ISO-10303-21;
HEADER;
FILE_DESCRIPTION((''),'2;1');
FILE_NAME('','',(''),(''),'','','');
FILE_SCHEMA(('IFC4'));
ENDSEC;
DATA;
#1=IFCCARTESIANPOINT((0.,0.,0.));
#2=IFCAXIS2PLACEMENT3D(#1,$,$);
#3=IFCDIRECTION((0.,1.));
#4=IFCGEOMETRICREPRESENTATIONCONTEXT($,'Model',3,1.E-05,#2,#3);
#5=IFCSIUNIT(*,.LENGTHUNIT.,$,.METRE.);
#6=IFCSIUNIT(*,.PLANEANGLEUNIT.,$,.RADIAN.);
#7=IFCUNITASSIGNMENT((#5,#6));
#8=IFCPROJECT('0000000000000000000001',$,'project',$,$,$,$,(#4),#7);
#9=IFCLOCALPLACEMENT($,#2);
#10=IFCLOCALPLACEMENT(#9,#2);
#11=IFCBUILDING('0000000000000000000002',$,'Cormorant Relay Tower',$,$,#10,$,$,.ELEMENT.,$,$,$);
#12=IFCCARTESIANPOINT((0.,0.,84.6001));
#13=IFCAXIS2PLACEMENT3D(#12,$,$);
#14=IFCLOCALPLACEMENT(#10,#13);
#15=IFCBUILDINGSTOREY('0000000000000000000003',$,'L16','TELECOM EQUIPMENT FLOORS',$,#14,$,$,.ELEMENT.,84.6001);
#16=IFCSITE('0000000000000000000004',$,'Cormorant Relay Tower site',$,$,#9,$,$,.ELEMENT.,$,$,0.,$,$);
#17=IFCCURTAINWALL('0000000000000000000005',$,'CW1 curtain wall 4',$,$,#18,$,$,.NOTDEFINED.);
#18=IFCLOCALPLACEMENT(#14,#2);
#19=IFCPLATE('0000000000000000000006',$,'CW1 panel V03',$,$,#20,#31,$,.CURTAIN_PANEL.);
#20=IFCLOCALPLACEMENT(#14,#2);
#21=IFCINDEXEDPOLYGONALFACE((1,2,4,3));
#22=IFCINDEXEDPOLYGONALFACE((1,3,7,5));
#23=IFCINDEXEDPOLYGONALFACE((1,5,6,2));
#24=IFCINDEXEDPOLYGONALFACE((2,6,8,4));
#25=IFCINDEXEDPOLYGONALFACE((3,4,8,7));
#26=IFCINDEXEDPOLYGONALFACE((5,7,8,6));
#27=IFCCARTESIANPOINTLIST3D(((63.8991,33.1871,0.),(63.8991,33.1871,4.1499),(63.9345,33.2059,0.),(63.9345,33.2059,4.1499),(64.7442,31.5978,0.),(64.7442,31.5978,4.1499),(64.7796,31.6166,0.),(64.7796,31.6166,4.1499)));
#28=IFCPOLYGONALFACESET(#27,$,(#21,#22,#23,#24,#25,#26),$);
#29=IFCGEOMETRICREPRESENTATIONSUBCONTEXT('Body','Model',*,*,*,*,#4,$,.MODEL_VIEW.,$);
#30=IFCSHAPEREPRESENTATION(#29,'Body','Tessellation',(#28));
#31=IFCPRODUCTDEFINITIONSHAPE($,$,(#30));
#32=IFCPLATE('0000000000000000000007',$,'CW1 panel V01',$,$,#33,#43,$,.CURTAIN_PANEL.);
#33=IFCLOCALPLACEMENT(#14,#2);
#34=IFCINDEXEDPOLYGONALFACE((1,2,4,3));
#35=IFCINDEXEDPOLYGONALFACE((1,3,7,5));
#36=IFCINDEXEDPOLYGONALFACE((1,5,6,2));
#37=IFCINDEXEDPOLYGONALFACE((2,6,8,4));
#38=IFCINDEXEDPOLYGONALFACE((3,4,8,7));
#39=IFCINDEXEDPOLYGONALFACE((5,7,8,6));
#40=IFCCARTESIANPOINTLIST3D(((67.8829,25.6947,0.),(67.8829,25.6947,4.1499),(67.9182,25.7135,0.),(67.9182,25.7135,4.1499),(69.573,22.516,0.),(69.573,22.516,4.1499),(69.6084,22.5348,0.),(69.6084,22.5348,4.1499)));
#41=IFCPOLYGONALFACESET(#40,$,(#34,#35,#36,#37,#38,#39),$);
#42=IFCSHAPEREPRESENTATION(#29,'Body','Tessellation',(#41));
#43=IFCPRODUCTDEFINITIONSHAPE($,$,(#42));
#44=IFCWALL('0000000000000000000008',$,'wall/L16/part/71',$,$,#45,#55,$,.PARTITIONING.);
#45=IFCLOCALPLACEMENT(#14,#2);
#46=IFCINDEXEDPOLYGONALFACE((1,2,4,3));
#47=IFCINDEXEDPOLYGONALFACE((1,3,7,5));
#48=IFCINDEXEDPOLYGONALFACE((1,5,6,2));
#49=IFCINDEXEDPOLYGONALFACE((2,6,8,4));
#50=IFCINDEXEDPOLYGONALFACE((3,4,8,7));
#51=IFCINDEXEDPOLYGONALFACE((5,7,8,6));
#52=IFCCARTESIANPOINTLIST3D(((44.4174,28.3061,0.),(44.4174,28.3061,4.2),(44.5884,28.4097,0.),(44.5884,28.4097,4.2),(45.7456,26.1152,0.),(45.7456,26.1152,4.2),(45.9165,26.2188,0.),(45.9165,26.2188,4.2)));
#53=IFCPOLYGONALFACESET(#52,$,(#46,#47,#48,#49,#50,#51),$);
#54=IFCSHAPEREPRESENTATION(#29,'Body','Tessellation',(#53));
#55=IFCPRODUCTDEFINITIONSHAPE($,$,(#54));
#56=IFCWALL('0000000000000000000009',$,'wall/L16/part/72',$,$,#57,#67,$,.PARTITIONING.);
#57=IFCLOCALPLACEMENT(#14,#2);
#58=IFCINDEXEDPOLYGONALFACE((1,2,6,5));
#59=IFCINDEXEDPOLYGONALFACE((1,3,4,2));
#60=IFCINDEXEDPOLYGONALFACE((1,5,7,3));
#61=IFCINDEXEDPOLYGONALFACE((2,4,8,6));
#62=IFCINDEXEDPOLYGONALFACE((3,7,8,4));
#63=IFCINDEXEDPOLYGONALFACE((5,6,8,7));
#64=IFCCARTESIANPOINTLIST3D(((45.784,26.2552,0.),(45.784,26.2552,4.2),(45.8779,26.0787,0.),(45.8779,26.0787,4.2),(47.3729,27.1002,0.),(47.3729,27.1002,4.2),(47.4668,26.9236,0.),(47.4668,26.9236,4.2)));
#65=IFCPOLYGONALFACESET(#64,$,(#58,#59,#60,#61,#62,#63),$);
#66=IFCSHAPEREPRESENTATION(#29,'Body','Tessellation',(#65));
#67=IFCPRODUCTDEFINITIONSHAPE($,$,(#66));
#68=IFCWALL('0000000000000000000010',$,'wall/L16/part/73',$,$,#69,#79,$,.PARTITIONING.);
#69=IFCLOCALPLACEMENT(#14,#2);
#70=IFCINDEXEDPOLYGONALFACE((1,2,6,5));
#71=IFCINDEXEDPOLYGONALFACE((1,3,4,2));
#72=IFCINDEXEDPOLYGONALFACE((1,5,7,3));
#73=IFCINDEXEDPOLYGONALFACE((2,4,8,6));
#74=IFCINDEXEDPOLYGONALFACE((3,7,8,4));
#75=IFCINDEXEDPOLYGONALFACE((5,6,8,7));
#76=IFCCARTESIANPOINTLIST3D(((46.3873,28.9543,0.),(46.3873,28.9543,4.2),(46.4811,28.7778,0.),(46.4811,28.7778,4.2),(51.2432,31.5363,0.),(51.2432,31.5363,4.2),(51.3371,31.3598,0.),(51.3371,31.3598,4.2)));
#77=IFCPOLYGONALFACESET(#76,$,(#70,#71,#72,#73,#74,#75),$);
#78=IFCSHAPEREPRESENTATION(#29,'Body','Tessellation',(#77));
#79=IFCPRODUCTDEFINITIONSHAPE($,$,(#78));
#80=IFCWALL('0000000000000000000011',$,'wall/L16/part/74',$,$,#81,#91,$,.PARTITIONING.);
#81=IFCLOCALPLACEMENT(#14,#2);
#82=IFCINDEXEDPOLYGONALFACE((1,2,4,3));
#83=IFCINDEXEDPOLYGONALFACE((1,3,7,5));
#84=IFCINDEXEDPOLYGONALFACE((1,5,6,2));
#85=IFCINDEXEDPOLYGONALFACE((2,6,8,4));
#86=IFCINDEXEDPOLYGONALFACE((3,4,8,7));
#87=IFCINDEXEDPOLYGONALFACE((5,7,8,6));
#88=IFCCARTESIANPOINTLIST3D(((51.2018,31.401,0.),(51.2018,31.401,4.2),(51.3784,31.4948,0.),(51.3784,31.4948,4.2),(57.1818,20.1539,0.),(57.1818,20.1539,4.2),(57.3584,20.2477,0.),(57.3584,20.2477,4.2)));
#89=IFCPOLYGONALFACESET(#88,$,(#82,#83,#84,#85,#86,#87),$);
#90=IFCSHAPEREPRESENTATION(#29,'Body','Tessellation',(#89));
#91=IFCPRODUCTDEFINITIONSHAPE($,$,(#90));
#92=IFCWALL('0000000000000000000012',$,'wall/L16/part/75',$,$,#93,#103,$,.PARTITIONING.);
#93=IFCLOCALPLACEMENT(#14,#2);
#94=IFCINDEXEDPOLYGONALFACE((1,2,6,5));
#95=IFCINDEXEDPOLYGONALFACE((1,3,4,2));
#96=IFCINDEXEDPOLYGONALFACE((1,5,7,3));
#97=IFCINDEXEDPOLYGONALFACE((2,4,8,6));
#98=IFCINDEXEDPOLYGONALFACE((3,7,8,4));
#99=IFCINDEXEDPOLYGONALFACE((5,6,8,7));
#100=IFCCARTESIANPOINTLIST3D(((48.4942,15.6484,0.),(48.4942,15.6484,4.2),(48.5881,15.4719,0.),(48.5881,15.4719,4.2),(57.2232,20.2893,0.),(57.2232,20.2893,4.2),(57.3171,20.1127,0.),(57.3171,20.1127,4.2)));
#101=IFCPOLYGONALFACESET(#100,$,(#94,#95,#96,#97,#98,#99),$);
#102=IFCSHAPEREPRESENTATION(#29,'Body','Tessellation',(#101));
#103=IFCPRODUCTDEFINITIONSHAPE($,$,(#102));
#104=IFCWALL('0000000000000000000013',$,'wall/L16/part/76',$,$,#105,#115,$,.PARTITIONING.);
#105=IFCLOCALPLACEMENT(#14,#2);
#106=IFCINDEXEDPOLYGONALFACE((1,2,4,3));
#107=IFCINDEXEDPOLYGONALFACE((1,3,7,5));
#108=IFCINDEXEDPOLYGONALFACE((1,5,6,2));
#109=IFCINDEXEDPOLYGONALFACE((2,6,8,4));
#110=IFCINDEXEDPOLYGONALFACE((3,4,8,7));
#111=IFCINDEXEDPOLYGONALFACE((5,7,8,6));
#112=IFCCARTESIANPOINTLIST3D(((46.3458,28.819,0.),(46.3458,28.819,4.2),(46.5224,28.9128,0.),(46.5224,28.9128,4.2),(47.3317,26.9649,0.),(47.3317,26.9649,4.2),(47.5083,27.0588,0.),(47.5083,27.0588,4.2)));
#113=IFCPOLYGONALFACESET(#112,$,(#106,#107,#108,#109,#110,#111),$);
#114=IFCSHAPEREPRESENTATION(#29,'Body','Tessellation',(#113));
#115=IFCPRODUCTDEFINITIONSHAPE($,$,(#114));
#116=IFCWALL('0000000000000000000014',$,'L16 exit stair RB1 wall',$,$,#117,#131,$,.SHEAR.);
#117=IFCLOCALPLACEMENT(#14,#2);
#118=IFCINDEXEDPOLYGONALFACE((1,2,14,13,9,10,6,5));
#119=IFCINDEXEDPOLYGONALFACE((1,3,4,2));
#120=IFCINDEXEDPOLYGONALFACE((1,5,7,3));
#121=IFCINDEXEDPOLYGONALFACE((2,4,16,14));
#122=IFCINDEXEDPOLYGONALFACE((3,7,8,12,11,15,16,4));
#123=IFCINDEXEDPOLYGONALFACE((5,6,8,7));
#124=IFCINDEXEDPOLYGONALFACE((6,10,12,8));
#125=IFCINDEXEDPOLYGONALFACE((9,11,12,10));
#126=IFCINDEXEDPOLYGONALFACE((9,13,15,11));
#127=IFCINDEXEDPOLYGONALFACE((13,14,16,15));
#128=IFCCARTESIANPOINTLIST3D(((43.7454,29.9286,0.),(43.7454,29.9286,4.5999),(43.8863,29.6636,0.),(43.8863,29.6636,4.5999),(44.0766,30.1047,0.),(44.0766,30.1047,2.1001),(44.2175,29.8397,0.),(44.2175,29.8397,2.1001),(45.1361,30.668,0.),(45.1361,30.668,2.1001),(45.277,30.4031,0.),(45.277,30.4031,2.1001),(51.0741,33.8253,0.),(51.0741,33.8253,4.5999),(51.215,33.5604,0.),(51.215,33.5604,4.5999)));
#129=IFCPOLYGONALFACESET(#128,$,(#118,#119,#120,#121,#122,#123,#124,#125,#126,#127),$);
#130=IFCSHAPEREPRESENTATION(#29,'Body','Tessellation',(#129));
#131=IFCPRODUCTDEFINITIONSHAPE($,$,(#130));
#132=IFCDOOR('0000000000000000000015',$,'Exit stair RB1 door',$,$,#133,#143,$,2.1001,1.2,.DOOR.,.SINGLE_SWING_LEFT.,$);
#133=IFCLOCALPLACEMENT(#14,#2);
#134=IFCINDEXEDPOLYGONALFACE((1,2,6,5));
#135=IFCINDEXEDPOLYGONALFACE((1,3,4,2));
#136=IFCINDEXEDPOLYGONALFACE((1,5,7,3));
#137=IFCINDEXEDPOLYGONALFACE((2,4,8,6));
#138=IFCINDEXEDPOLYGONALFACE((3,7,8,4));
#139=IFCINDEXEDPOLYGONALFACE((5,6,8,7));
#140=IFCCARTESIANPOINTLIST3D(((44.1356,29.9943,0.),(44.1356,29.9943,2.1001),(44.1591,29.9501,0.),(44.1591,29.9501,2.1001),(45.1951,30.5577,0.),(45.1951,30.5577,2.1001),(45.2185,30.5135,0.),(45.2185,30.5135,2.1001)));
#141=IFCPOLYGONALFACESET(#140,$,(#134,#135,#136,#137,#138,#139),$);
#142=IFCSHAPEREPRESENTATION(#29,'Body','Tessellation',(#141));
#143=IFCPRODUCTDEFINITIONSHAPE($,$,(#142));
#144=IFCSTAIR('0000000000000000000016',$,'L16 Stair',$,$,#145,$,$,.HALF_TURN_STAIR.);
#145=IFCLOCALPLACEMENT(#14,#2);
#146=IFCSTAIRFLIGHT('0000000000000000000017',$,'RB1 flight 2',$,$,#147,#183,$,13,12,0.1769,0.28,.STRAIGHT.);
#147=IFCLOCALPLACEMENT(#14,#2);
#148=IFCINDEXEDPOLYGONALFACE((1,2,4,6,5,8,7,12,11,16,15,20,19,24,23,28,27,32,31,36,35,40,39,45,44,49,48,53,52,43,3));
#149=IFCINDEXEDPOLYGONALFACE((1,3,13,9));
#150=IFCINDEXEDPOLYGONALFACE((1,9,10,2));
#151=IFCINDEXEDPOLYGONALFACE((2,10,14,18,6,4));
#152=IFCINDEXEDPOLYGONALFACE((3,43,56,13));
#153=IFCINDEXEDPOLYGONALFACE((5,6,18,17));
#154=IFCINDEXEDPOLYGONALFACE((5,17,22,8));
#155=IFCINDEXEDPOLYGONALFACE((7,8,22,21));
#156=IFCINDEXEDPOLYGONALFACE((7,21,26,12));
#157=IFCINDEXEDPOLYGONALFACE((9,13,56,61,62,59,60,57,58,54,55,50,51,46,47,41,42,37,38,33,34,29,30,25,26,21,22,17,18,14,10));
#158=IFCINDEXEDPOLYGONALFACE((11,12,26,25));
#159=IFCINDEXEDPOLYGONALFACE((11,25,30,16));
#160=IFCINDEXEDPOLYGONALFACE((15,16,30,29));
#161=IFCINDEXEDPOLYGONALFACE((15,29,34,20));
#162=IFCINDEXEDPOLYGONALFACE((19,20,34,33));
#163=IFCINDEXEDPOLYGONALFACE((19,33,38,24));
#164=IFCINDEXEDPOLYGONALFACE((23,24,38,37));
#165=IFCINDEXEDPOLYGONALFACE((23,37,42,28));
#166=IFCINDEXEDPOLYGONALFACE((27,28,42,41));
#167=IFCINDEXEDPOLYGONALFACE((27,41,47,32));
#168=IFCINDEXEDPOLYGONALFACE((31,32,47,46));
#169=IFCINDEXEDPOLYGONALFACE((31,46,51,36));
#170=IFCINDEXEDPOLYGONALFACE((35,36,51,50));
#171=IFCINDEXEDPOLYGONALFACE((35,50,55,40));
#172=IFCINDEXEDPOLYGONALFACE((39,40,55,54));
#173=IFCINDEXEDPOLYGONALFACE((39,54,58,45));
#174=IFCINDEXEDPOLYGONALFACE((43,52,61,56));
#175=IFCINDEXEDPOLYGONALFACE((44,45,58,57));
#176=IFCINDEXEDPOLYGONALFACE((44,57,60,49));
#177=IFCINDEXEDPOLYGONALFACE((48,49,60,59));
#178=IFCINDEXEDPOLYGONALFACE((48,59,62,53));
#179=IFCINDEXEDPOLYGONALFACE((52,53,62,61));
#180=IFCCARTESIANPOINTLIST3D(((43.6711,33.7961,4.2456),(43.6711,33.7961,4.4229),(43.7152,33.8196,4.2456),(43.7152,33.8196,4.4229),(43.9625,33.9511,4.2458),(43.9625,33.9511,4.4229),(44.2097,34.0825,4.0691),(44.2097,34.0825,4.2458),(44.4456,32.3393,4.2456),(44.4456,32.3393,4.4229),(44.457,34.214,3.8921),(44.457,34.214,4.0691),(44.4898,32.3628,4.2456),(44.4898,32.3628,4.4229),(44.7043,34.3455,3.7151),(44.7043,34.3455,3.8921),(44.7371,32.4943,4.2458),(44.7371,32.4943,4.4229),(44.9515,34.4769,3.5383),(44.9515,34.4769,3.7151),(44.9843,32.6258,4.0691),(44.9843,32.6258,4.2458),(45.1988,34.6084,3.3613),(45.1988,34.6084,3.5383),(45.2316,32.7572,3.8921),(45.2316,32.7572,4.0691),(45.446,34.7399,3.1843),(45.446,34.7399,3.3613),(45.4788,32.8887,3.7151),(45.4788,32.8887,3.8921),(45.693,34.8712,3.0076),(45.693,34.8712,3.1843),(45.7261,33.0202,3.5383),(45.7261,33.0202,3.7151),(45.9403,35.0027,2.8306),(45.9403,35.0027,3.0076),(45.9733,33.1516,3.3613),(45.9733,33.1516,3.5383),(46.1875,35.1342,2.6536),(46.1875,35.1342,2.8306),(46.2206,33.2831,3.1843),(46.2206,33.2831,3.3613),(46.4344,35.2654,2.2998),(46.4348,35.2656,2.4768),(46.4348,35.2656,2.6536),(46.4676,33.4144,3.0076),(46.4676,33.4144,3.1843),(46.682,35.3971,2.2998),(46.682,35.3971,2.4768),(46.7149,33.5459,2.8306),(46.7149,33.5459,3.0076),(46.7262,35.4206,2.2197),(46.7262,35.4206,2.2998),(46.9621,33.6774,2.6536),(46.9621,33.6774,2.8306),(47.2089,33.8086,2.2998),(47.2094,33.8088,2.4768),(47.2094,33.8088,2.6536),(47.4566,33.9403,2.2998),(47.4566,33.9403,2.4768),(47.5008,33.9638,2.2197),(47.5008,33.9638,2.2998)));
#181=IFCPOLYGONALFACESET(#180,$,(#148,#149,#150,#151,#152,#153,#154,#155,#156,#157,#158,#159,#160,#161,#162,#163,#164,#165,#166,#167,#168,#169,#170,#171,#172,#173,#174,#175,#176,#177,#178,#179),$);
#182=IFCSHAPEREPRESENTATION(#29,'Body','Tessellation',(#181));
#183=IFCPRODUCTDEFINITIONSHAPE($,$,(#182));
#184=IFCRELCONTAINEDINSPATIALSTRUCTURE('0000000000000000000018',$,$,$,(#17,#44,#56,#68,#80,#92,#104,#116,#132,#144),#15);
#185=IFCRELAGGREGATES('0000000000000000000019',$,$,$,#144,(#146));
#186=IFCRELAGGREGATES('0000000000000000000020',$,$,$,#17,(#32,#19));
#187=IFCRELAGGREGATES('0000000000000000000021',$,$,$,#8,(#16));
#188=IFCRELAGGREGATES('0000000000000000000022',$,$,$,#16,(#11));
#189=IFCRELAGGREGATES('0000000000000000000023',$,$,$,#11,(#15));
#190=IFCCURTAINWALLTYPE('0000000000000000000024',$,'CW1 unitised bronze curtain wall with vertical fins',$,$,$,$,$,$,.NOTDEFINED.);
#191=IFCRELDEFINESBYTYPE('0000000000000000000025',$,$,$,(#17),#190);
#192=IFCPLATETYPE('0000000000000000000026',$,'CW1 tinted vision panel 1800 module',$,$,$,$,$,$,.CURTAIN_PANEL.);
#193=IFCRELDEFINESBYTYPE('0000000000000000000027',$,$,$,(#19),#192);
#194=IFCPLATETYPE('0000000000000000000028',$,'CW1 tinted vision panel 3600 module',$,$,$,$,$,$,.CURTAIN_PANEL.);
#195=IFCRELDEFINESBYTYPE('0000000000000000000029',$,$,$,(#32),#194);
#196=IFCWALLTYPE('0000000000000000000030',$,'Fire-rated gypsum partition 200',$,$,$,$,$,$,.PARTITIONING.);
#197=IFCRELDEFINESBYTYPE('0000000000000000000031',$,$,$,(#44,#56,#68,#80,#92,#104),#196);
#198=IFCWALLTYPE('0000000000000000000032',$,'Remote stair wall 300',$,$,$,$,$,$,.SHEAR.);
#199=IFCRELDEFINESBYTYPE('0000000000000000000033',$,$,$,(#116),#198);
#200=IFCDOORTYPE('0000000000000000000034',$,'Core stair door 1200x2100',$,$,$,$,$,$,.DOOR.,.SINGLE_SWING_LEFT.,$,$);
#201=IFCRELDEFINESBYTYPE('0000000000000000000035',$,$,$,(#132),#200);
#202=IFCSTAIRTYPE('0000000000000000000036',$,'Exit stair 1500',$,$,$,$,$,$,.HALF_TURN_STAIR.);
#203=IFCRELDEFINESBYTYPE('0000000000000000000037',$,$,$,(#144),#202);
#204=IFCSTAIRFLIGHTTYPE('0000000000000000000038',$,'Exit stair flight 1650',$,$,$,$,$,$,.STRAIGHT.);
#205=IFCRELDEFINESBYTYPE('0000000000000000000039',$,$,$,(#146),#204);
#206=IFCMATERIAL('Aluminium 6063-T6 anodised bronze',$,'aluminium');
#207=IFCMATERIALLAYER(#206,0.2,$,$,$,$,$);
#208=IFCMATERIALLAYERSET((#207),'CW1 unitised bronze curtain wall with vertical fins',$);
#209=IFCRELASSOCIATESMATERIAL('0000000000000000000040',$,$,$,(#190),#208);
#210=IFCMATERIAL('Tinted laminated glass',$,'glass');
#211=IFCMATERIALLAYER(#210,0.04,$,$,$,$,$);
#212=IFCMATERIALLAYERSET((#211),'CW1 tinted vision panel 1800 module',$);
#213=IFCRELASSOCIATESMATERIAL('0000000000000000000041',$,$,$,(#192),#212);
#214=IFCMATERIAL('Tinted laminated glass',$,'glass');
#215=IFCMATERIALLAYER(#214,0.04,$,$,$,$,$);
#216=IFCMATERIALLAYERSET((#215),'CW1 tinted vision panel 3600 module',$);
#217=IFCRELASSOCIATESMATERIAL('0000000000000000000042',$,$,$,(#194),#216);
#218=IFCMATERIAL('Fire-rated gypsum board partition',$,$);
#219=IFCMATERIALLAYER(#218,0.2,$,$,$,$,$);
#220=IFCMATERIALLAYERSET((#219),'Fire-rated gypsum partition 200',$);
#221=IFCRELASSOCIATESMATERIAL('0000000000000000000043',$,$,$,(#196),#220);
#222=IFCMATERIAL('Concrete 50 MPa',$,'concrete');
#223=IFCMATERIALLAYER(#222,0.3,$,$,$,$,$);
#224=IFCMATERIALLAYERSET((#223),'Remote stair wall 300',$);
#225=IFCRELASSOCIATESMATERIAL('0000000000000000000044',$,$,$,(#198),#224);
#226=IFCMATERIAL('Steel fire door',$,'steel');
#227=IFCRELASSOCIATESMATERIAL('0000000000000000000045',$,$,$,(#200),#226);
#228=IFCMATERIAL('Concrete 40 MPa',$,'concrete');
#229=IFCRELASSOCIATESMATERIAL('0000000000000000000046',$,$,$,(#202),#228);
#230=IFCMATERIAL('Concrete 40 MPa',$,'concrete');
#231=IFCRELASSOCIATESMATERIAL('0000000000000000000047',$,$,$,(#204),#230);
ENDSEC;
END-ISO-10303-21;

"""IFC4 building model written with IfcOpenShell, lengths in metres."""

from ifc_helpers import new_model, si_unit, direction, frame, frame_2d, origin, origin_2d, place, context, subcontext, project, spatial, polyline, rectangle, outline, extrude, material, layer, layer_set, type_object, element, fill, aggregate, save


model = new_model("IFC4")

# Units and contexts
model_context = context("Model", 3, precision=1e-05, world=origin(), true_north=direction((0.0, 1.0)))
body_context = subcontext(model_context, "Body", "Model", "MODEL_VIEW")
ifc_project = project(units=[si_unit("LENGTHUNIT", "METRE"), si_unit("PLANEANGLEUNIT", "RADIAN")], contexts=[model_context])

# Site, building, storey
site_placement = place(None, origin())
site = spatial("IfcSite", under=ifc_project, at=site_placement, Name="Cormorant Relay Tower site", CompositionType="ELEMENT", RefElevation=0.0)
building_placement = place(site_placement, origin())
building = spatial("IfcBuilding", under=site, at=building_placement, Name="Cormorant Relay Tower", CompositionType="ELEMENT")
storey_placement = place(building_placement, frame((0.0, 0.0, 84.6001)))
storey = spatial("IfcBuildingStorey", under=building, at=storey_placement, Name="L16", Description="TELECOM EQUIPMENT FLOORS", CompositionType="ELEMENT", Elevation=84.6001)

# Curtain wall
ifc_material_1 = material(Name="Aluminium 6063-T6 anodised bronze", Category="aluminium")
ifc_layer_1 = layer(ifc_material_1, 0.2)
ifc_layer_set_1 = layer_set([ifc_layer_1], Name="CW1 unitised bronze curtain wall with vertical fins")
curtain_wall_type = type_object("IfcCurtainWallType", Name="CW1 unitised bronze curtain wall with vertical fins", PredefinedType="NOTDEFINED", material=ifc_layer_set_1)
curtain_wall_1_placement = place(storey_placement, origin())
curtain_wall_1 = element("IfcCurtainWall", 1, at=curtain_wall_1_placement, inside=storey, type_object=curtain_wall_type, Name="CW1 curtain wall 4", PredefinedType="NOTDEFINED")

# Shared definitions
ifc_material_2 = material(Name="Tinted laminated glass", Category="glass")
ifc_layer_2 = layer(ifc_material_2, 0.04)
ifc_layer_set_2 = layer_set([ifc_layer_2], Name="CW1 tinted vision panel 1800 module")
plate_type_1 = type_object("IfcPlateType", Name="CW1 tinted vision panel 1800 module", PredefinedType="CURTAIN_PANEL", material=ifc_layer_set_2)

# Plates
plate_1_placement = place(storey_placement, frame((64.3394, 32.4019, 0.0), z_axis=(0.0, 0.0, 1.0), x_axis=(-0.469472, 0.882948, 0.0)))
plate_1 = element("IfcPlate", 2, at=plate_1_placement, type_object=plate_type_1, Name="CW1 panel V03", PredefinedType="CURTAIN_PANEL", context=body_context, shape_type="SweptSolid", body=[
    extrude(rectangle(XDim=1.8, YDim=0.04, at=origin_2d()), origin(), (0.0, 0.0, 1.0), 4.1499),
])
ifc_material_3 = material(Name="Tinted laminated glass", Category="glass")
ifc_layer_3 = layer(ifc_material_3, 0.04)
ifc_layer_set_3 = layer_set([ifc_layer_3], Name="CW1 tinted vision panel 3600 module")
plate_type_2 = type_object("IfcPlateType", Name="CW1 tinted vision panel 3600 module", PredefinedType="CURTAIN_PANEL", material=ifc_layer_set_3)
plate_2_placement = place(storey_placement, frame((68.7456, 24.1147, 0.0), z_axis=(0.0, 0.0, 1.0), x_axis=(-0.469472, 0.882948, 0.0)))
plate_2 = element("IfcPlate", 3, at=plate_2_placement, type_object=plate_type_2, Name="CW1 panel V01", PredefinedType="CURTAIN_PANEL", context=body_context, shape_type="SweptSolid", body=[
    extrude(rectangle(XDim=3.6001, YDim=0.04, at=origin_2d()), origin(), (0.0, 0.0, 1.0), 4.1499),
])

# Walls
ifc_material_4 = material(Name="Fire-rated gypsum board partition")
ifc_layer_4 = layer(ifc_material_4, 0.2)
ifc_layer_set_4 = layer_set([ifc_layer_4], Name="Fire-rated gypsum partition 200")
wall_type_1 = type_object("IfcWallType", Name="Fire-rated gypsum partition 200", PredefinedType="PARTITIONING", material=ifc_layer_set_4)
wall_1_placement = place(storey_placement, frame((45.8311, 26.167, 0.0), z_axis=(0.0, 0.0, 1.0), x_axis=(-0.518386, 0.855147, 0.0)))
element("IfcWall", 4, at=wall_1_placement, inside=storey, type_object=wall_type_1, Name="wall/L16/part/71", PredefinedType="PARTITIONING", context=body_context, shape_type="SweptSolid", body=[
    extrude(rectangle(XDim=2.562, YDim=0.2, at=frame_2d((1.281, 0.0))), origin(), (0.0, 0.0, 1.0), 4.2),
])
wall_2_placement = place(storey_placement, frame((47.4199, 27.012, 0.0), z_axis=(0.0, 0.0, 1.0), x_axis=(-0.882912, -0.469539, 0.0)))
element("IfcWall", 5, at=wall_2_placement, inside=storey, type_object=wall_type_1, Name="wall/L16/part/72", PredefinedType="PARTITIONING", context=body_context, shape_type="SweptSolid", body=[
    extrude(rectangle(XDim=1.7996, YDim=0.2, at=frame_2d((0.8999, 0.0))), origin(), (0.0, 0.0, 1.0), 4.2),
])
wall_3_placement = place(storey_placement, frame((46.4341, 28.866, 0.0), z_axis=(0.0, 0.0, 1.0), x_axis=(0.882942, 0.469482, 0.0)))
element("IfcWall", 6, at=wall_3_placement, inside=storey, type_object=wall_type_1, Name="wall/L16/part/73", PredefinedType="PARTITIONING", context=body_context, shape_type="SweptSolid", body=[
    extrude(rectangle(XDim=5.4998, YDim=0.2, at=frame_2d((2.75, 0.0))), origin(), (0.0, 0.0, 1.0), 4.2),
])
wall_4_placement = place(storey_placement, frame((51.29, 31.448, 0.0), z_axis=(0.0, 0.0, 1.0), x_axis=(0.46946, -0.882954, 0.0)))
element("IfcWall", 7, at=wall_4_placement, inside=storey, type_object=wall_type_1, Name="wall/L16/part/74", PredefinedType="PARTITIONING", context=body_context, shape_type="SweptSolid", body=[
    extrude(rectangle(XDim=12.738, YDim=0.2, at=frame_2d((6.3691, 0.0))), origin(), (0.0, 0.0, 1.0), 4.2),
])
wall_5_placement = place(storey_placement, frame((57.27, 20.2009, 0.0), z_axis=(0.0, 0.0, 1.0), x_axis=(-0.882965, -0.469438, 0.0)))
element("IfcWall", 8, at=wall_5_placement, inside=storey, type_object=wall_type_1, Name="wall/L16/part/75", PredefinedType="PARTITIONING", context=body_context, shape_type="SweptSolid", body=[
    extrude(rectangle(XDim=9.886, YDim=0.2, at=frame_2d((4.9429, 0.0))), origin(), (0.0, 0.0, 1.0), 4.2),
])
wall_6_placement = place(storey_placement, frame((47.4199, 27.012, 0.0), z_axis=(0.0, 0.0, 1.0), x_axis=(-0.46949, 0.882938, 0.0)))
element("IfcWall", 9, at=wall_6_placement, inside=storey, type_object=wall_type_1, Name="wall/L16/part/76", PredefinedType="PARTITIONING", context=body_context, shape_type="SweptSolid", body=[
    extrude(rectangle(XDim=2.0999, YDim=0.2, at=frame_2d((1.0498, 0.0))), origin(), (0.0, 0.0, 1.0), 4.2),
])

# Wall, opening, door
ifc_material_5 = material(Name="Concrete 50 MPa", Category="concrete")
ifc_layer_5 = layer(ifc_material_5, 0.3)
ifc_layer_set_5 = layer_set([ifc_layer_5], Name="Remote stair wall 300")
wall_type_2 = type_object("IfcWallType", Name="Remote stair wall 300", PredefinedType="SHEAR", material=ifc_layer_set_5)
wall_7_placement = place(storey_placement, frame((51.1445, 33.6929, 0.0), z_axis=(0.0, 0.0, 1.0), x_axis=(-0.882946, -0.469475, 0.0)))
wall_7 = element("IfcWall", 10, at=wall_7_placement, inside=storey, type_object=wall_type_2, Name="L16 exit stair RB1 wall", PredefinedType="SHEAR", context=body_context, shape_type="SweptSolid", body=[
    extrude(rectangle(XDim=8.3003, YDim=0.3, at=frame_2d((4.1501, 0.0))), origin(), (0.0, 0.0, 1.0), 4.5999),
])
opening_placement = place(wall_7_placement, frame((6.7251, 0.0, 0.0)))
opening = element("IfcOpeningElement", 11, at=opening_placement, cuts=wall_7, PredefinedType="OPENING", context=body_context, shape_type="SweptSolid", body=[
    extrude(rectangle(XDim=1.2, YDim=2.1001, at=frame_2d((0.6001, 1.05))), frame((0.0, 0.1599, 0.0), z_axis=(0.0, -1.0, 0.0), x_axis=(1.0, 0.0, 0.0)), (0.0, 0.0, 1.0), 0.3201),
])
ifc_material_6 = material(Name="Steel fire door", Category="steel")
door_type = type_object("IfcDoorType", Name="Core stair door 1200x2100", OperationType="SINGLE_SWING_LEFT", PredefinedType="DOOR", material=ifc_material_6)
door_placement = place(opening_placement, frame((1.2, 0.0, 0.0), z_axis=(0.0, 0.0, 1.0), x_axis=(-1.0, 0.0, 0.0)))
door = element("IfcDoor", 12, at=door_placement, inside=storey, type_object=door_type, Name="Exit stair RB1 door", OperationType="SINGLE_SWING_LEFT", OverallHeight=2.1001, OverallWidth=1.2, PredefinedType="DOOR", context=body_context, shape_type="SweptSolid", body=[
    extrude(rectangle(XDim=1.2, YDim=2.1001, at=frame_2d((0.6001, 1.05))), frame((0.0, 0.0249, 0.0), z_axis=(0.0, -1.0, 0.0), x_axis=(1.0, 0.0, 0.0)), (0.0, 0.0, 1.0), 0.05),
])
fill(opening, door)

# Stair, stair flight
ifc_material_7 = material(Name="Concrete 40 MPa", Category="concrete")
stair_type = type_object("IfcStairType", Name="Exit stair 1500", PredefinedType="HALF_TURN_STAIR", material=ifc_material_7)
stair_placement = place(storey_placement, origin())
stair = element("IfcStair", 13, at=stair_placement, inside=storey, type_object=stair_type, Name="L16 Stair", PredefinedType="HALF_TURN_STAIR")
ifc_material_8 = material(Name="Concrete 40 MPa", Category="concrete")
stair_flight_type = type_object("IfcStairFlightType", Name="Exit stair flight 1650", PredefinedType="STRAIGHT", material=ifc_material_8)
stair_flight_placement = place(storey_placement, frame((47.0693, 34.6687, 2.2998), z_axis=(0.0, 0.0, 1.0), x_axis=(-0.882948, -0.469472, 0.0)))
stair_flight = element("IfcStairFlight", 14, at=stair_flight_placement, type_object=stair_flight_type, Name="RB1 flight 2", NumberOfRisers=13, NumberOfTreads=12, PredefinedType="STRAIGHT", RiserHeight=0.1769, TreadLength=0.28, context=body_context, shape_type="SweptSolid", body=[
    extrude(outline(polyline([(-0.05, -0.0801), (-0.05, 0.0), (0.0, 0.0), (0.0, 0.177), (0.28, 0.177), (0.28, 0.3538), (0.5601, 0.3538), (0.5601, 0.5308), (0.8401, 0.5308), (0.8401, 0.7078), (1.1201, 0.7078), (1.1201, 0.8845), (1.3999, 0.8845), (1.3999, 1.0615), (1.6799, 1.0615), (1.6799, 1.2385), (1.96, 1.2385), (1.96, 1.4153), (2.24, 1.4153), (2.24, 1.5923), (2.52, 1.5923), (2.52, 1.7693), (2.8, 1.7693), (2.8, 1.946), (3.0801, 1.946), (3.0801, 2.123), (3.3601, 2.123), (3.4102, 2.123), (3.4102, 1.9458), (3.3601, 1.9458), (0.2805, 0.0), (-0.05, -0.0801)])), frame((0.0, 0.825, 0.0), z_axis=(0.0, -1.0, 0.0), x_axis=(1.0, 0.0, 0.0)), (0.0, 0.0, 1.0), 1.6499),
])
aggregate(stair, [stair_flight])

aggregate(curtain_wall_1, [plate_2, plate_1])

save(model, "model.ifc")
